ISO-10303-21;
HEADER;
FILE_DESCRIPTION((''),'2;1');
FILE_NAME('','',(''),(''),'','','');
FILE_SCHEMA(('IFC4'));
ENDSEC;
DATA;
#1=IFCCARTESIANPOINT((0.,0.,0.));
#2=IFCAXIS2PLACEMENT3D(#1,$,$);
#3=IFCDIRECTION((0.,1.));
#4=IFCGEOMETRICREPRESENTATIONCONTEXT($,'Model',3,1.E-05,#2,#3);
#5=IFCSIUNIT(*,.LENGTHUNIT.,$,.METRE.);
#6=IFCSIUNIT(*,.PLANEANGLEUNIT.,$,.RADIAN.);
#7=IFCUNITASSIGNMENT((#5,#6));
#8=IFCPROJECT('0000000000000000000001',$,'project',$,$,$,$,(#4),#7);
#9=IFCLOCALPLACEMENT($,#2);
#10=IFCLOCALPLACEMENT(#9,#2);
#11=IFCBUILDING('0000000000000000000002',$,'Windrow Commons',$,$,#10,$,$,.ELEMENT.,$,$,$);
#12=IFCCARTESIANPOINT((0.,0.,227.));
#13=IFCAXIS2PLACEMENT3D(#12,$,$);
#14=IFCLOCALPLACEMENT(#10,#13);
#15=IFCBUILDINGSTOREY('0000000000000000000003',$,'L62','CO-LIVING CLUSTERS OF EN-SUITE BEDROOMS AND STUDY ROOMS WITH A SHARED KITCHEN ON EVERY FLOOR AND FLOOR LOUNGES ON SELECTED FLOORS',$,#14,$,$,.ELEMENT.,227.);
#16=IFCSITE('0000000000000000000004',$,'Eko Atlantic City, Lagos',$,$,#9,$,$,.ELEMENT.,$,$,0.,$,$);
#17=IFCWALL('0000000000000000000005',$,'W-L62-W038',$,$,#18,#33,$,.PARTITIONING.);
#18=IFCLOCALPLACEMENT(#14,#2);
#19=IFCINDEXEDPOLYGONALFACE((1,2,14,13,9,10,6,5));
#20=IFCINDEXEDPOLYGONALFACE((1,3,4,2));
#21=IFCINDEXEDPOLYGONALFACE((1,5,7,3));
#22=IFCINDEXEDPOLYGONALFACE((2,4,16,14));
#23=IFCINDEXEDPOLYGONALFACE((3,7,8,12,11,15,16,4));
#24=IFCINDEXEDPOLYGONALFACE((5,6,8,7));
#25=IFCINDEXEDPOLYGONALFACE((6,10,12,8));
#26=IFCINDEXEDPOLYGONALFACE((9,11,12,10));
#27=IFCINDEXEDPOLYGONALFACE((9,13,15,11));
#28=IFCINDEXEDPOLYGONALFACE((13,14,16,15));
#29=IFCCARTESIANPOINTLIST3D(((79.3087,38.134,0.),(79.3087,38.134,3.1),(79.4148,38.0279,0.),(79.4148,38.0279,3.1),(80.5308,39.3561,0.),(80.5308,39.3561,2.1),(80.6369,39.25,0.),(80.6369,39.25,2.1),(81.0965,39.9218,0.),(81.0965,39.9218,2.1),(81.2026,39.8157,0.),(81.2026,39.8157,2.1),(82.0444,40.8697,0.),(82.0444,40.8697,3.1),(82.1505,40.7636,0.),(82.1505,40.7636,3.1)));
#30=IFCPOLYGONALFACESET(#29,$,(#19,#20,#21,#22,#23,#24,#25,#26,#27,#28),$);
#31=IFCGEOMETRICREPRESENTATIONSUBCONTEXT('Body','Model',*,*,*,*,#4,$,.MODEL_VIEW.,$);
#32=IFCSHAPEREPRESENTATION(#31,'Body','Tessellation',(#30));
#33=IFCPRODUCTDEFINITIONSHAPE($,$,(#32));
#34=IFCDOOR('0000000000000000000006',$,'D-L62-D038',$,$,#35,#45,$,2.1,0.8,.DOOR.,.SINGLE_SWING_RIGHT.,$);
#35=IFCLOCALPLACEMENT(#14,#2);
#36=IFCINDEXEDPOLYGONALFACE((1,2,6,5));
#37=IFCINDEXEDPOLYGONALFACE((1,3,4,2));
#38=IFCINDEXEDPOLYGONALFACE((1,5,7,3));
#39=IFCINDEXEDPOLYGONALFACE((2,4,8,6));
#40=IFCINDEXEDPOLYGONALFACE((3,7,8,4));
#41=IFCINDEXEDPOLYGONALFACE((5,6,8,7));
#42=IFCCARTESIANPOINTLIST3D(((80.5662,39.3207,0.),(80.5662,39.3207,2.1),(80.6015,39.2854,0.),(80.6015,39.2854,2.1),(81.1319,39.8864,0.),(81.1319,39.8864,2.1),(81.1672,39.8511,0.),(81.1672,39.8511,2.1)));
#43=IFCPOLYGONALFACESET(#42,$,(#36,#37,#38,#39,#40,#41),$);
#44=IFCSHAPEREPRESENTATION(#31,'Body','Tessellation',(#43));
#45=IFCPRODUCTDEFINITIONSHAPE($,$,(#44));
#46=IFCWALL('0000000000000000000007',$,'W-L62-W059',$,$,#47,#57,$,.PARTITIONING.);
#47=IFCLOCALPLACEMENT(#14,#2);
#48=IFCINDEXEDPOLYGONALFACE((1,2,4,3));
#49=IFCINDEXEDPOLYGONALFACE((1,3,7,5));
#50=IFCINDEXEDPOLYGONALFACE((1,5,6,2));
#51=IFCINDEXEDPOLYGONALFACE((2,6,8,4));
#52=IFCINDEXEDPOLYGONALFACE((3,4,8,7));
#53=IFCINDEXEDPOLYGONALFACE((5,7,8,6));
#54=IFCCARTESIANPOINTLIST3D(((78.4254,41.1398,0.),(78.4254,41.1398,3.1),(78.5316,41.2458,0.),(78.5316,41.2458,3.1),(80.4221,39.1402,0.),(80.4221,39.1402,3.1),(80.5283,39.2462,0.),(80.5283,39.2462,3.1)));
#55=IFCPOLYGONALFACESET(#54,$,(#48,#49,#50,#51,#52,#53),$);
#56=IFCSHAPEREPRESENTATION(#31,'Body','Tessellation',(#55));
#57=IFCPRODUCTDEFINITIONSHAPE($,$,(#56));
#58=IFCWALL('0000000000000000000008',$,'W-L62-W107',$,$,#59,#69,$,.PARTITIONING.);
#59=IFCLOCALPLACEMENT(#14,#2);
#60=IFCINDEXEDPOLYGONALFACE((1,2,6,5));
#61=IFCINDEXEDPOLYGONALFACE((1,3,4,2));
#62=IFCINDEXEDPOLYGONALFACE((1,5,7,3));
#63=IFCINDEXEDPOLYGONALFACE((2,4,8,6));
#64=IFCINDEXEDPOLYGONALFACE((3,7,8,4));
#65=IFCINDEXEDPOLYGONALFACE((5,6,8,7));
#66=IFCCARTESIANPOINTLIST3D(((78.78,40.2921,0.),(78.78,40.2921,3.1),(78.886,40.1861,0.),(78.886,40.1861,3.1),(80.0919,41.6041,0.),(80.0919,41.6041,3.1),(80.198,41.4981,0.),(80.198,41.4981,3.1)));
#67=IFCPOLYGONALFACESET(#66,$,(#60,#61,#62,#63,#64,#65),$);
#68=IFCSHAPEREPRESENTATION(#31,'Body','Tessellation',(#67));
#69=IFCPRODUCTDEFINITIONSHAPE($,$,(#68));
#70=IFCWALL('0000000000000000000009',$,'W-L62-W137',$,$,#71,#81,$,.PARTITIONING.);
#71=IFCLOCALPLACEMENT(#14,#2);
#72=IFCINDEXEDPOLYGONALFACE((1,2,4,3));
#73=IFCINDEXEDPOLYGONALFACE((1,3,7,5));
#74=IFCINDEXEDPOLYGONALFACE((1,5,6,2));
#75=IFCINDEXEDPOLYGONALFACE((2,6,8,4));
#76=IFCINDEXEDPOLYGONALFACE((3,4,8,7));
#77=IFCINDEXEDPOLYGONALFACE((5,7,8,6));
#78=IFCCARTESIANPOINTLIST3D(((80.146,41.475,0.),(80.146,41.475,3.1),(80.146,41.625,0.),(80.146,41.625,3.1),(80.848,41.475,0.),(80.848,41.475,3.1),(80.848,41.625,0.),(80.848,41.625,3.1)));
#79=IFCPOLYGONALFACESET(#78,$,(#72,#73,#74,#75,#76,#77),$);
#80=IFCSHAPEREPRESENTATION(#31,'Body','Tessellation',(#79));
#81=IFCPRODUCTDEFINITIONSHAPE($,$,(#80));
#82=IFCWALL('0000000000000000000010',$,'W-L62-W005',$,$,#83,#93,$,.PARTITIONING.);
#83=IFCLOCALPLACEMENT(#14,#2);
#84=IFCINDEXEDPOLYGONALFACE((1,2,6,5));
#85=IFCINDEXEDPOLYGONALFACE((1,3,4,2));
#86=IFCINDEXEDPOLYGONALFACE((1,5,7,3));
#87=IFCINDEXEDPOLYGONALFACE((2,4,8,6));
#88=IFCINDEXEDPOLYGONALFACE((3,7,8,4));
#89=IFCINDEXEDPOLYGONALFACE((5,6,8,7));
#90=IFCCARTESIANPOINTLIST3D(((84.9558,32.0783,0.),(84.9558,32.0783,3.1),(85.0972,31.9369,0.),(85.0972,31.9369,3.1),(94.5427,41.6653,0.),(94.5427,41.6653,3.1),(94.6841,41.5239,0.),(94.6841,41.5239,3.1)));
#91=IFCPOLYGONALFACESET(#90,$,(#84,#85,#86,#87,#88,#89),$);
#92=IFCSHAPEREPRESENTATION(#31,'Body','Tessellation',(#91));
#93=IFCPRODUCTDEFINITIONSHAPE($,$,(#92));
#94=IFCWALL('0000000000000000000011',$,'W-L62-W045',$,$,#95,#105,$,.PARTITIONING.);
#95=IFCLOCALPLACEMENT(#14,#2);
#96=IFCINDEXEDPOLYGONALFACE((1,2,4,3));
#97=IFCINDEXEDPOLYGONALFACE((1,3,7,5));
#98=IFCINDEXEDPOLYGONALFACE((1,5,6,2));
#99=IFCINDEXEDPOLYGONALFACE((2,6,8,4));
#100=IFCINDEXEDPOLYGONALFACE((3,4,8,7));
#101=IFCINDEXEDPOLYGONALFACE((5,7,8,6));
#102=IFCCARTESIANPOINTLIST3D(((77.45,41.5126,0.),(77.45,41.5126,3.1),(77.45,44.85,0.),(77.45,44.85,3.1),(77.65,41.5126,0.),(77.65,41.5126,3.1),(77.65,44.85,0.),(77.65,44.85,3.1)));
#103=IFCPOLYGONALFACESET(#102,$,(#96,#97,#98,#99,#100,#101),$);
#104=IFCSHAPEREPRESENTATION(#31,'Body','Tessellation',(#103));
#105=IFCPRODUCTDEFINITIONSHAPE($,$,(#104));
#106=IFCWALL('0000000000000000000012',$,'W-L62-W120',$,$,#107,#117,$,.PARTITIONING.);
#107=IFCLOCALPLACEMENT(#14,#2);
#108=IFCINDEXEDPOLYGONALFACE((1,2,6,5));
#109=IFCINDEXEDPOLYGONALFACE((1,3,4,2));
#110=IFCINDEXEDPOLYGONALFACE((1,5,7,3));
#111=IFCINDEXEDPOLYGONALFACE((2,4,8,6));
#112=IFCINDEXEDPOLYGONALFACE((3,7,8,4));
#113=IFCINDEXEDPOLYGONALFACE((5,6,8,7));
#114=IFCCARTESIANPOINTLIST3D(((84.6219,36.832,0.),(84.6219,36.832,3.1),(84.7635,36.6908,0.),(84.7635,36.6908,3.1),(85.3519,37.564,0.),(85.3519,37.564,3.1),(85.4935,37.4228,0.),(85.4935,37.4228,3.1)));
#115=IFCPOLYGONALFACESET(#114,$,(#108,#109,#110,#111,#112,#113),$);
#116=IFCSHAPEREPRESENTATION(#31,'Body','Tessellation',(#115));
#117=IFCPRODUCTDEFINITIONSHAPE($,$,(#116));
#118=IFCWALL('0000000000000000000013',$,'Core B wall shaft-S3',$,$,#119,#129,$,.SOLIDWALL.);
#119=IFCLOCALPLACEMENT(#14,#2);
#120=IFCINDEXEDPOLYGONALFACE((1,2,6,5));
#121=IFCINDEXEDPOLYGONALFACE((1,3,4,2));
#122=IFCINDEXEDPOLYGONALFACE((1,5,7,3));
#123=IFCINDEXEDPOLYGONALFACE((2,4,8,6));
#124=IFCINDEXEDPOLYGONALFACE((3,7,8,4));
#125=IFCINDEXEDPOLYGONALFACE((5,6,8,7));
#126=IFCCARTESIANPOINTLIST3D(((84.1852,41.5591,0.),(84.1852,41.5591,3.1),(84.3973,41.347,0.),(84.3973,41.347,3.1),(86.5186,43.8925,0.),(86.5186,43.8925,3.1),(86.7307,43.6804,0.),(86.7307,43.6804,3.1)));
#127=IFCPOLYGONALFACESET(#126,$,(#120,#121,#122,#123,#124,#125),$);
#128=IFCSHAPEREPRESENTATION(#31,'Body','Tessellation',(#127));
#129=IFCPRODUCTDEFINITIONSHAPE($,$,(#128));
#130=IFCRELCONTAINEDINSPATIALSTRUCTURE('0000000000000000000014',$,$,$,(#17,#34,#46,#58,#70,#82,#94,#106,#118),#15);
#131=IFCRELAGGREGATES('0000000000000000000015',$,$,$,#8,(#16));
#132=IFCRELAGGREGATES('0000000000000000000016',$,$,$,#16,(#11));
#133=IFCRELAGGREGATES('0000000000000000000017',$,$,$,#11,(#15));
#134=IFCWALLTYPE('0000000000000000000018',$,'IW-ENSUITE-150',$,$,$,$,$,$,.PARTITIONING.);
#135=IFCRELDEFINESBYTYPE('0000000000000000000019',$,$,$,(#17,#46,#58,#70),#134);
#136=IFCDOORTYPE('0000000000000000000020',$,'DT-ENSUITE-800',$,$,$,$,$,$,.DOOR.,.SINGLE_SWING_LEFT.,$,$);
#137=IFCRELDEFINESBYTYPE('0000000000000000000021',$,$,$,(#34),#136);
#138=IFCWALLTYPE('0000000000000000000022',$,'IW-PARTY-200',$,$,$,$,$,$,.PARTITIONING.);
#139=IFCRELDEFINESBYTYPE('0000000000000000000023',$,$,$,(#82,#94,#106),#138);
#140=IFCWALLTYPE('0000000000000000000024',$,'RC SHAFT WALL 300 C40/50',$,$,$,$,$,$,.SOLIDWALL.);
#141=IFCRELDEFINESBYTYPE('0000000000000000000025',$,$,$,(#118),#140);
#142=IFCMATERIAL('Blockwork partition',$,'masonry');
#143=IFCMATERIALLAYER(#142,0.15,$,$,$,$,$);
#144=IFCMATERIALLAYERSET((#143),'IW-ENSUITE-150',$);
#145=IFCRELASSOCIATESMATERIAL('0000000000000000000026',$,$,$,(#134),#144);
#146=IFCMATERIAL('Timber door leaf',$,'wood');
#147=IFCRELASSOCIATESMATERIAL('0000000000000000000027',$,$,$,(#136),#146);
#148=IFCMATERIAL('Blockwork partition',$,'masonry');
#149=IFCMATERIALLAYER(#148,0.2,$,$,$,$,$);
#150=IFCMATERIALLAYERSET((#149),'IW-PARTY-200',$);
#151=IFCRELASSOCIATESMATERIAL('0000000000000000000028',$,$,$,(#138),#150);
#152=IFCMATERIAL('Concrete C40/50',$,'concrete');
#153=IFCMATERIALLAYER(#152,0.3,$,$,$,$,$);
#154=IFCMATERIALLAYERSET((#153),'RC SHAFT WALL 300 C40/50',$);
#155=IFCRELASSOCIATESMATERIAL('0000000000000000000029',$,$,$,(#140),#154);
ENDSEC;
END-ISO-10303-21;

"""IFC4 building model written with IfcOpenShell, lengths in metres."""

from ifc_helpers import new_model, si_unit, direction, frame, frame_2d, origin, place, context, subcontext, project, spatial, rectangle, extrude, material, layer, layer_set, type_object, element, fill, save


model = new_model("IFC4")

# Units and contexts
model_context = context("Model", 3, precision=1e-05, world=origin(), true_north=direction((0.0, 1.0)))
body_context = subcontext(model_context, "Body", "Model", "MODEL_VIEW")
ifc_project = project(units=[si_unit("LENGTHUNIT", "METRE"), si_unit("PLANEANGLEUNIT", "RADIAN")], contexts=[model_context])

# Site, building, storey
site_placement = place(None, origin())
site = spatial("IfcSite", under=ifc_project, at=site_placement, Name="Eko Atlantic City, Lagos", CompositionType="ELEMENT", RefElevation=0.0)
building_placement = place(site_placement, origin())
building = spatial("IfcBuilding", under=site, at=building_placement, Name="Windrow Commons", CompositionType="ELEMENT")
storey_placement = place(building_placement, frame((0.0, 0.0, 227.0)))
storey = spatial("IfcBuildingStorey", under=building, at=storey_placement, Name="L62", Description="CO-LIVING CLUSTERS OF EN-SUITE BEDROOMS AND STUDY ROOMS WITH A SHARED KITCHEN ON EVERY FLOOR AND FLOOR LOUNGES ON SELECTED FLOORS", CompositionType="ELEMENT", Elevation=227.0)

# Wall, opening, door
ifc_material_1 = material(Name="Blockwork partition", Category="masonry")
ifc_layer_1 = layer(ifc_material_1, 0.15)
ifc_layer_set_1 = layer_set([ifc_layer_1], Name="IW-ENSUITE-150")
wall_type_1 = type_object("IfcWallType", Name="IW-ENSUITE-150", PredefinedType="PARTITIONING", material=ifc_layer_set_1)
wall_1_placement = place(storey_placement, frame((79.3617, 38.0809, 0.0), z_axis=(0.0, 0.0, 1.0), x_axis=(0.707107, 0.707107, 0.0)))
wall_1 = element("IfcWall", 1, at=wall_1_placement, inside=storey, type_object=wall_type_1, Name="W-L62-W038", PredefinedType="PARTITIONING", context=body_context, shape_type="SweptSolid", body=[
    extrude(rectangle(XDim=3.8689, YDim=0.15, at=frame_2d((1.9345, 0.0))), origin(), (0.0, 0.0, 1.0), 3.1),
])
opening_1_placement = place(wall_1_placement, frame((1.7284, 0.0, 0.0)))
opening_1 = element("IfcOpeningElement", 2, at=opening_1_placement, cuts=wall_1, PredefinedType="OPENING", context=body_context, shape_type="SweptSolid", body=[
    extrude(rectangle(XDim=0.8, YDim=2.1, at=frame_2d((0.4, 1.05))), frame((0.0, 0.085, 0.0), z_axis=(0.0, -1.0, 0.0), x_axis=(1.0, 0.0, 0.0)), (0.0, 0.0, 1.0), 0.17),
])
ifc_material_2 = material(Name="Timber door leaf", Category="wood")
door_type_1 = type_object("IfcDoorType", Name="DT-ENSUITE-800", OperationType="SINGLE_SWING_LEFT", PredefinedType="DOOR", material=ifc_material_2)
door_1_placement = place(opening_1_placement, origin())
door_1 = element("IfcDoor", 3, at=door_1_placement, inside=storey, type_object=door_type_1, Name="D-L62-D038", OperationType="SINGLE_SWING_RIGHT", OverallHeight=2.1, OverallWidth=0.8, PredefinedType="DOOR", context=body_context, shape_type="SweptSolid", body=[
    extrude(rectangle(XDim=0.8, YDim=2.1, at=frame_2d((0.4, 1.05))), frame((0.0, 0.025, 0.0), z_axis=(0.0, -1.0, 0.0), x_axis=(1.0, 0.0, 0.0)), (0.0, 0.0, 1.0), 0.05),
])
fill(opening_1, door_1)

# Walls
wall_2_placement = place(storey_placement, frame((78.4785, 41.1928, 0.0), z_axis=(0.0, 0.0, 1.0), x_axis=(0.706593, -0.70762, 0.0)))
element("IfcWall", 4, at=wall_2_placement, inside=storey, type_object=wall_type_1, Name="W-L62-W059", PredefinedType="PARTITIONING", context=body_context, shape_type="SweptSolid", body=[
    extrude(rectangle(XDim=2.8258, YDim=0.15, at=frame_2d((1.4129, 0.0))), origin(), (0.0, 0.0, 1.0), 3.1),
])
wall_3_placement = place(storey_placement, frame((78.833, 40.2391, 0.0), z_axis=(0.0, 0.0, 1.0), x_axis=(0.70708, 0.707134, 0.0)))
element("IfcWall", 5, at=wall_3_placement, inside=storey, type_object=wall_type_1, Name="W-L62-W107", PredefinedType="PARTITIONING", context=body_context, shape_type="SweptSolid", body=[
    extrude(rectangle(XDim=1.8554, YDim=0.15, at=frame_2d((0.9277, 0.0))), origin(), (0.0, 0.0, 1.0), 3.1),
])
wall_4_placement = place(storey_placement, frame((80.146, 41.55, 0.0), z_axis=(0.0, 0.0, 1.0), x_axis=(1.0, 0.0, 0.0)))
element("IfcWall", 6, at=wall_4_placement, inside=storey, type_object=wall_type_1, Name="W-L62-W137", PredefinedType="PARTITIONING", context=body_context, shape_type="SweptSolid", body=[
    extrude(rectangle(XDim=0.702, YDim=0.15, at=frame_2d((0.351, 0.0))), origin(), (0.0, 0.0, 1.0), 3.1),
])
ifc_material_3 = material(Name="Blockwork partition", Category="masonry")
ifc_layer_2 = layer(ifc_material_3, 0.2)
ifc_layer_set_2 = layer_set([ifc_layer_2], Name="IW-PARTY-200")
wall_type_2 = type_object("IfcWallType", Name="IW-PARTY-200", PredefinedType="PARTITIONING", material=ifc_layer_set_2)
wall_5_placement = place(storey_placement, frame((85.0265, 32.0076, 0.0), z_axis=(0.0, 0.0, 1.0), x_axis=(0.707103, 0.70711, 0.0)))
element("IfcWall", 7, at=wall_5_placement, inside=storey, type_object=wall_type_2, Name="W-L62-W005", PredefinedType="PARTITIONING", context=body_context, shape_type="SweptSolid", body=[
    extrude(rectangle(XDim=13.558, YDim=0.2, at=frame_2d((6.779, 0.0))), origin(), (0.0, 0.0, 1.0), 3.1),
])
wall_6_placement = place(storey_placement, frame((77.55, 41.5126, 0.0), z_axis=(0.0, 0.0, 1.0), x_axis=(0.0, 1.0, 0.0)))
element("IfcWall", 8, at=wall_6_placement, inside=storey, type_object=wall_type_2, Name="W-L62-W045", PredefinedType="PARTITIONING", context=body_context, shape_type="SweptSolid", body=[
    extrude(rectangle(XDim=3.3374, YDim=0.2, at=frame_2d((1.6687, 0.0))), origin(), (0.0, 0.0, 1.0), 3.1),
])
wall_7_placement = place(storey_placement, frame((84.6927, 36.7614, 0.0), z_axis=(0.0, 0.0, 1.0), x_axis=(0.706139, 0.708073, 0.0)))
element("IfcWall", 9, at=wall_7_placement, inside=storey, type_object=wall_type_2, Name="W-L62-W120", PredefinedType="PARTITIONING", context=body_context, shape_type="SweptSolid", body=[
    extrude(rectangle(XDim=1.0338, YDim=0.2, at=frame_2d((0.5169, 0.0))), origin(), (0.0, 0.0, 1.0), 3.1),
])
ifc_material_4 = material(Name="Concrete C40/50", Category="concrete")
ifc_layer_3 = layer(ifc_material_4, 0.3)
ifc_layer_set_3 = layer_set([ifc_layer_3], Name="RC SHAFT WALL 300 C40/50")
wall_type_3 = type_object("IfcWallType", Name="RC SHAFT WALL 300 C40/50", PredefinedType="SOLIDWALL", material=ifc_layer_set_3)
wall_8_placement = place(storey_placement, frame((84.2912, 41.453, 0.0), z_axis=(0.0, 0.0, 1.0), x_axis=(0.707107, 0.707107, 0.0)))
element("IfcWall", 10, at=wall_8_placement, inside=storey, type_object=wall_type_3, Name="Core B wall shaft-S3", PredefinedType="SOLIDWALL", context=body_context, shape_type="SweptSolid", body=[
    extrude(rectangle(XDim=3.2999, YDim=0.3, at=frame_2d((1.65, 0.0))), origin(), (0.0, 0.0, 1.0), 3.1),
])

save(model, "model.ifc")
